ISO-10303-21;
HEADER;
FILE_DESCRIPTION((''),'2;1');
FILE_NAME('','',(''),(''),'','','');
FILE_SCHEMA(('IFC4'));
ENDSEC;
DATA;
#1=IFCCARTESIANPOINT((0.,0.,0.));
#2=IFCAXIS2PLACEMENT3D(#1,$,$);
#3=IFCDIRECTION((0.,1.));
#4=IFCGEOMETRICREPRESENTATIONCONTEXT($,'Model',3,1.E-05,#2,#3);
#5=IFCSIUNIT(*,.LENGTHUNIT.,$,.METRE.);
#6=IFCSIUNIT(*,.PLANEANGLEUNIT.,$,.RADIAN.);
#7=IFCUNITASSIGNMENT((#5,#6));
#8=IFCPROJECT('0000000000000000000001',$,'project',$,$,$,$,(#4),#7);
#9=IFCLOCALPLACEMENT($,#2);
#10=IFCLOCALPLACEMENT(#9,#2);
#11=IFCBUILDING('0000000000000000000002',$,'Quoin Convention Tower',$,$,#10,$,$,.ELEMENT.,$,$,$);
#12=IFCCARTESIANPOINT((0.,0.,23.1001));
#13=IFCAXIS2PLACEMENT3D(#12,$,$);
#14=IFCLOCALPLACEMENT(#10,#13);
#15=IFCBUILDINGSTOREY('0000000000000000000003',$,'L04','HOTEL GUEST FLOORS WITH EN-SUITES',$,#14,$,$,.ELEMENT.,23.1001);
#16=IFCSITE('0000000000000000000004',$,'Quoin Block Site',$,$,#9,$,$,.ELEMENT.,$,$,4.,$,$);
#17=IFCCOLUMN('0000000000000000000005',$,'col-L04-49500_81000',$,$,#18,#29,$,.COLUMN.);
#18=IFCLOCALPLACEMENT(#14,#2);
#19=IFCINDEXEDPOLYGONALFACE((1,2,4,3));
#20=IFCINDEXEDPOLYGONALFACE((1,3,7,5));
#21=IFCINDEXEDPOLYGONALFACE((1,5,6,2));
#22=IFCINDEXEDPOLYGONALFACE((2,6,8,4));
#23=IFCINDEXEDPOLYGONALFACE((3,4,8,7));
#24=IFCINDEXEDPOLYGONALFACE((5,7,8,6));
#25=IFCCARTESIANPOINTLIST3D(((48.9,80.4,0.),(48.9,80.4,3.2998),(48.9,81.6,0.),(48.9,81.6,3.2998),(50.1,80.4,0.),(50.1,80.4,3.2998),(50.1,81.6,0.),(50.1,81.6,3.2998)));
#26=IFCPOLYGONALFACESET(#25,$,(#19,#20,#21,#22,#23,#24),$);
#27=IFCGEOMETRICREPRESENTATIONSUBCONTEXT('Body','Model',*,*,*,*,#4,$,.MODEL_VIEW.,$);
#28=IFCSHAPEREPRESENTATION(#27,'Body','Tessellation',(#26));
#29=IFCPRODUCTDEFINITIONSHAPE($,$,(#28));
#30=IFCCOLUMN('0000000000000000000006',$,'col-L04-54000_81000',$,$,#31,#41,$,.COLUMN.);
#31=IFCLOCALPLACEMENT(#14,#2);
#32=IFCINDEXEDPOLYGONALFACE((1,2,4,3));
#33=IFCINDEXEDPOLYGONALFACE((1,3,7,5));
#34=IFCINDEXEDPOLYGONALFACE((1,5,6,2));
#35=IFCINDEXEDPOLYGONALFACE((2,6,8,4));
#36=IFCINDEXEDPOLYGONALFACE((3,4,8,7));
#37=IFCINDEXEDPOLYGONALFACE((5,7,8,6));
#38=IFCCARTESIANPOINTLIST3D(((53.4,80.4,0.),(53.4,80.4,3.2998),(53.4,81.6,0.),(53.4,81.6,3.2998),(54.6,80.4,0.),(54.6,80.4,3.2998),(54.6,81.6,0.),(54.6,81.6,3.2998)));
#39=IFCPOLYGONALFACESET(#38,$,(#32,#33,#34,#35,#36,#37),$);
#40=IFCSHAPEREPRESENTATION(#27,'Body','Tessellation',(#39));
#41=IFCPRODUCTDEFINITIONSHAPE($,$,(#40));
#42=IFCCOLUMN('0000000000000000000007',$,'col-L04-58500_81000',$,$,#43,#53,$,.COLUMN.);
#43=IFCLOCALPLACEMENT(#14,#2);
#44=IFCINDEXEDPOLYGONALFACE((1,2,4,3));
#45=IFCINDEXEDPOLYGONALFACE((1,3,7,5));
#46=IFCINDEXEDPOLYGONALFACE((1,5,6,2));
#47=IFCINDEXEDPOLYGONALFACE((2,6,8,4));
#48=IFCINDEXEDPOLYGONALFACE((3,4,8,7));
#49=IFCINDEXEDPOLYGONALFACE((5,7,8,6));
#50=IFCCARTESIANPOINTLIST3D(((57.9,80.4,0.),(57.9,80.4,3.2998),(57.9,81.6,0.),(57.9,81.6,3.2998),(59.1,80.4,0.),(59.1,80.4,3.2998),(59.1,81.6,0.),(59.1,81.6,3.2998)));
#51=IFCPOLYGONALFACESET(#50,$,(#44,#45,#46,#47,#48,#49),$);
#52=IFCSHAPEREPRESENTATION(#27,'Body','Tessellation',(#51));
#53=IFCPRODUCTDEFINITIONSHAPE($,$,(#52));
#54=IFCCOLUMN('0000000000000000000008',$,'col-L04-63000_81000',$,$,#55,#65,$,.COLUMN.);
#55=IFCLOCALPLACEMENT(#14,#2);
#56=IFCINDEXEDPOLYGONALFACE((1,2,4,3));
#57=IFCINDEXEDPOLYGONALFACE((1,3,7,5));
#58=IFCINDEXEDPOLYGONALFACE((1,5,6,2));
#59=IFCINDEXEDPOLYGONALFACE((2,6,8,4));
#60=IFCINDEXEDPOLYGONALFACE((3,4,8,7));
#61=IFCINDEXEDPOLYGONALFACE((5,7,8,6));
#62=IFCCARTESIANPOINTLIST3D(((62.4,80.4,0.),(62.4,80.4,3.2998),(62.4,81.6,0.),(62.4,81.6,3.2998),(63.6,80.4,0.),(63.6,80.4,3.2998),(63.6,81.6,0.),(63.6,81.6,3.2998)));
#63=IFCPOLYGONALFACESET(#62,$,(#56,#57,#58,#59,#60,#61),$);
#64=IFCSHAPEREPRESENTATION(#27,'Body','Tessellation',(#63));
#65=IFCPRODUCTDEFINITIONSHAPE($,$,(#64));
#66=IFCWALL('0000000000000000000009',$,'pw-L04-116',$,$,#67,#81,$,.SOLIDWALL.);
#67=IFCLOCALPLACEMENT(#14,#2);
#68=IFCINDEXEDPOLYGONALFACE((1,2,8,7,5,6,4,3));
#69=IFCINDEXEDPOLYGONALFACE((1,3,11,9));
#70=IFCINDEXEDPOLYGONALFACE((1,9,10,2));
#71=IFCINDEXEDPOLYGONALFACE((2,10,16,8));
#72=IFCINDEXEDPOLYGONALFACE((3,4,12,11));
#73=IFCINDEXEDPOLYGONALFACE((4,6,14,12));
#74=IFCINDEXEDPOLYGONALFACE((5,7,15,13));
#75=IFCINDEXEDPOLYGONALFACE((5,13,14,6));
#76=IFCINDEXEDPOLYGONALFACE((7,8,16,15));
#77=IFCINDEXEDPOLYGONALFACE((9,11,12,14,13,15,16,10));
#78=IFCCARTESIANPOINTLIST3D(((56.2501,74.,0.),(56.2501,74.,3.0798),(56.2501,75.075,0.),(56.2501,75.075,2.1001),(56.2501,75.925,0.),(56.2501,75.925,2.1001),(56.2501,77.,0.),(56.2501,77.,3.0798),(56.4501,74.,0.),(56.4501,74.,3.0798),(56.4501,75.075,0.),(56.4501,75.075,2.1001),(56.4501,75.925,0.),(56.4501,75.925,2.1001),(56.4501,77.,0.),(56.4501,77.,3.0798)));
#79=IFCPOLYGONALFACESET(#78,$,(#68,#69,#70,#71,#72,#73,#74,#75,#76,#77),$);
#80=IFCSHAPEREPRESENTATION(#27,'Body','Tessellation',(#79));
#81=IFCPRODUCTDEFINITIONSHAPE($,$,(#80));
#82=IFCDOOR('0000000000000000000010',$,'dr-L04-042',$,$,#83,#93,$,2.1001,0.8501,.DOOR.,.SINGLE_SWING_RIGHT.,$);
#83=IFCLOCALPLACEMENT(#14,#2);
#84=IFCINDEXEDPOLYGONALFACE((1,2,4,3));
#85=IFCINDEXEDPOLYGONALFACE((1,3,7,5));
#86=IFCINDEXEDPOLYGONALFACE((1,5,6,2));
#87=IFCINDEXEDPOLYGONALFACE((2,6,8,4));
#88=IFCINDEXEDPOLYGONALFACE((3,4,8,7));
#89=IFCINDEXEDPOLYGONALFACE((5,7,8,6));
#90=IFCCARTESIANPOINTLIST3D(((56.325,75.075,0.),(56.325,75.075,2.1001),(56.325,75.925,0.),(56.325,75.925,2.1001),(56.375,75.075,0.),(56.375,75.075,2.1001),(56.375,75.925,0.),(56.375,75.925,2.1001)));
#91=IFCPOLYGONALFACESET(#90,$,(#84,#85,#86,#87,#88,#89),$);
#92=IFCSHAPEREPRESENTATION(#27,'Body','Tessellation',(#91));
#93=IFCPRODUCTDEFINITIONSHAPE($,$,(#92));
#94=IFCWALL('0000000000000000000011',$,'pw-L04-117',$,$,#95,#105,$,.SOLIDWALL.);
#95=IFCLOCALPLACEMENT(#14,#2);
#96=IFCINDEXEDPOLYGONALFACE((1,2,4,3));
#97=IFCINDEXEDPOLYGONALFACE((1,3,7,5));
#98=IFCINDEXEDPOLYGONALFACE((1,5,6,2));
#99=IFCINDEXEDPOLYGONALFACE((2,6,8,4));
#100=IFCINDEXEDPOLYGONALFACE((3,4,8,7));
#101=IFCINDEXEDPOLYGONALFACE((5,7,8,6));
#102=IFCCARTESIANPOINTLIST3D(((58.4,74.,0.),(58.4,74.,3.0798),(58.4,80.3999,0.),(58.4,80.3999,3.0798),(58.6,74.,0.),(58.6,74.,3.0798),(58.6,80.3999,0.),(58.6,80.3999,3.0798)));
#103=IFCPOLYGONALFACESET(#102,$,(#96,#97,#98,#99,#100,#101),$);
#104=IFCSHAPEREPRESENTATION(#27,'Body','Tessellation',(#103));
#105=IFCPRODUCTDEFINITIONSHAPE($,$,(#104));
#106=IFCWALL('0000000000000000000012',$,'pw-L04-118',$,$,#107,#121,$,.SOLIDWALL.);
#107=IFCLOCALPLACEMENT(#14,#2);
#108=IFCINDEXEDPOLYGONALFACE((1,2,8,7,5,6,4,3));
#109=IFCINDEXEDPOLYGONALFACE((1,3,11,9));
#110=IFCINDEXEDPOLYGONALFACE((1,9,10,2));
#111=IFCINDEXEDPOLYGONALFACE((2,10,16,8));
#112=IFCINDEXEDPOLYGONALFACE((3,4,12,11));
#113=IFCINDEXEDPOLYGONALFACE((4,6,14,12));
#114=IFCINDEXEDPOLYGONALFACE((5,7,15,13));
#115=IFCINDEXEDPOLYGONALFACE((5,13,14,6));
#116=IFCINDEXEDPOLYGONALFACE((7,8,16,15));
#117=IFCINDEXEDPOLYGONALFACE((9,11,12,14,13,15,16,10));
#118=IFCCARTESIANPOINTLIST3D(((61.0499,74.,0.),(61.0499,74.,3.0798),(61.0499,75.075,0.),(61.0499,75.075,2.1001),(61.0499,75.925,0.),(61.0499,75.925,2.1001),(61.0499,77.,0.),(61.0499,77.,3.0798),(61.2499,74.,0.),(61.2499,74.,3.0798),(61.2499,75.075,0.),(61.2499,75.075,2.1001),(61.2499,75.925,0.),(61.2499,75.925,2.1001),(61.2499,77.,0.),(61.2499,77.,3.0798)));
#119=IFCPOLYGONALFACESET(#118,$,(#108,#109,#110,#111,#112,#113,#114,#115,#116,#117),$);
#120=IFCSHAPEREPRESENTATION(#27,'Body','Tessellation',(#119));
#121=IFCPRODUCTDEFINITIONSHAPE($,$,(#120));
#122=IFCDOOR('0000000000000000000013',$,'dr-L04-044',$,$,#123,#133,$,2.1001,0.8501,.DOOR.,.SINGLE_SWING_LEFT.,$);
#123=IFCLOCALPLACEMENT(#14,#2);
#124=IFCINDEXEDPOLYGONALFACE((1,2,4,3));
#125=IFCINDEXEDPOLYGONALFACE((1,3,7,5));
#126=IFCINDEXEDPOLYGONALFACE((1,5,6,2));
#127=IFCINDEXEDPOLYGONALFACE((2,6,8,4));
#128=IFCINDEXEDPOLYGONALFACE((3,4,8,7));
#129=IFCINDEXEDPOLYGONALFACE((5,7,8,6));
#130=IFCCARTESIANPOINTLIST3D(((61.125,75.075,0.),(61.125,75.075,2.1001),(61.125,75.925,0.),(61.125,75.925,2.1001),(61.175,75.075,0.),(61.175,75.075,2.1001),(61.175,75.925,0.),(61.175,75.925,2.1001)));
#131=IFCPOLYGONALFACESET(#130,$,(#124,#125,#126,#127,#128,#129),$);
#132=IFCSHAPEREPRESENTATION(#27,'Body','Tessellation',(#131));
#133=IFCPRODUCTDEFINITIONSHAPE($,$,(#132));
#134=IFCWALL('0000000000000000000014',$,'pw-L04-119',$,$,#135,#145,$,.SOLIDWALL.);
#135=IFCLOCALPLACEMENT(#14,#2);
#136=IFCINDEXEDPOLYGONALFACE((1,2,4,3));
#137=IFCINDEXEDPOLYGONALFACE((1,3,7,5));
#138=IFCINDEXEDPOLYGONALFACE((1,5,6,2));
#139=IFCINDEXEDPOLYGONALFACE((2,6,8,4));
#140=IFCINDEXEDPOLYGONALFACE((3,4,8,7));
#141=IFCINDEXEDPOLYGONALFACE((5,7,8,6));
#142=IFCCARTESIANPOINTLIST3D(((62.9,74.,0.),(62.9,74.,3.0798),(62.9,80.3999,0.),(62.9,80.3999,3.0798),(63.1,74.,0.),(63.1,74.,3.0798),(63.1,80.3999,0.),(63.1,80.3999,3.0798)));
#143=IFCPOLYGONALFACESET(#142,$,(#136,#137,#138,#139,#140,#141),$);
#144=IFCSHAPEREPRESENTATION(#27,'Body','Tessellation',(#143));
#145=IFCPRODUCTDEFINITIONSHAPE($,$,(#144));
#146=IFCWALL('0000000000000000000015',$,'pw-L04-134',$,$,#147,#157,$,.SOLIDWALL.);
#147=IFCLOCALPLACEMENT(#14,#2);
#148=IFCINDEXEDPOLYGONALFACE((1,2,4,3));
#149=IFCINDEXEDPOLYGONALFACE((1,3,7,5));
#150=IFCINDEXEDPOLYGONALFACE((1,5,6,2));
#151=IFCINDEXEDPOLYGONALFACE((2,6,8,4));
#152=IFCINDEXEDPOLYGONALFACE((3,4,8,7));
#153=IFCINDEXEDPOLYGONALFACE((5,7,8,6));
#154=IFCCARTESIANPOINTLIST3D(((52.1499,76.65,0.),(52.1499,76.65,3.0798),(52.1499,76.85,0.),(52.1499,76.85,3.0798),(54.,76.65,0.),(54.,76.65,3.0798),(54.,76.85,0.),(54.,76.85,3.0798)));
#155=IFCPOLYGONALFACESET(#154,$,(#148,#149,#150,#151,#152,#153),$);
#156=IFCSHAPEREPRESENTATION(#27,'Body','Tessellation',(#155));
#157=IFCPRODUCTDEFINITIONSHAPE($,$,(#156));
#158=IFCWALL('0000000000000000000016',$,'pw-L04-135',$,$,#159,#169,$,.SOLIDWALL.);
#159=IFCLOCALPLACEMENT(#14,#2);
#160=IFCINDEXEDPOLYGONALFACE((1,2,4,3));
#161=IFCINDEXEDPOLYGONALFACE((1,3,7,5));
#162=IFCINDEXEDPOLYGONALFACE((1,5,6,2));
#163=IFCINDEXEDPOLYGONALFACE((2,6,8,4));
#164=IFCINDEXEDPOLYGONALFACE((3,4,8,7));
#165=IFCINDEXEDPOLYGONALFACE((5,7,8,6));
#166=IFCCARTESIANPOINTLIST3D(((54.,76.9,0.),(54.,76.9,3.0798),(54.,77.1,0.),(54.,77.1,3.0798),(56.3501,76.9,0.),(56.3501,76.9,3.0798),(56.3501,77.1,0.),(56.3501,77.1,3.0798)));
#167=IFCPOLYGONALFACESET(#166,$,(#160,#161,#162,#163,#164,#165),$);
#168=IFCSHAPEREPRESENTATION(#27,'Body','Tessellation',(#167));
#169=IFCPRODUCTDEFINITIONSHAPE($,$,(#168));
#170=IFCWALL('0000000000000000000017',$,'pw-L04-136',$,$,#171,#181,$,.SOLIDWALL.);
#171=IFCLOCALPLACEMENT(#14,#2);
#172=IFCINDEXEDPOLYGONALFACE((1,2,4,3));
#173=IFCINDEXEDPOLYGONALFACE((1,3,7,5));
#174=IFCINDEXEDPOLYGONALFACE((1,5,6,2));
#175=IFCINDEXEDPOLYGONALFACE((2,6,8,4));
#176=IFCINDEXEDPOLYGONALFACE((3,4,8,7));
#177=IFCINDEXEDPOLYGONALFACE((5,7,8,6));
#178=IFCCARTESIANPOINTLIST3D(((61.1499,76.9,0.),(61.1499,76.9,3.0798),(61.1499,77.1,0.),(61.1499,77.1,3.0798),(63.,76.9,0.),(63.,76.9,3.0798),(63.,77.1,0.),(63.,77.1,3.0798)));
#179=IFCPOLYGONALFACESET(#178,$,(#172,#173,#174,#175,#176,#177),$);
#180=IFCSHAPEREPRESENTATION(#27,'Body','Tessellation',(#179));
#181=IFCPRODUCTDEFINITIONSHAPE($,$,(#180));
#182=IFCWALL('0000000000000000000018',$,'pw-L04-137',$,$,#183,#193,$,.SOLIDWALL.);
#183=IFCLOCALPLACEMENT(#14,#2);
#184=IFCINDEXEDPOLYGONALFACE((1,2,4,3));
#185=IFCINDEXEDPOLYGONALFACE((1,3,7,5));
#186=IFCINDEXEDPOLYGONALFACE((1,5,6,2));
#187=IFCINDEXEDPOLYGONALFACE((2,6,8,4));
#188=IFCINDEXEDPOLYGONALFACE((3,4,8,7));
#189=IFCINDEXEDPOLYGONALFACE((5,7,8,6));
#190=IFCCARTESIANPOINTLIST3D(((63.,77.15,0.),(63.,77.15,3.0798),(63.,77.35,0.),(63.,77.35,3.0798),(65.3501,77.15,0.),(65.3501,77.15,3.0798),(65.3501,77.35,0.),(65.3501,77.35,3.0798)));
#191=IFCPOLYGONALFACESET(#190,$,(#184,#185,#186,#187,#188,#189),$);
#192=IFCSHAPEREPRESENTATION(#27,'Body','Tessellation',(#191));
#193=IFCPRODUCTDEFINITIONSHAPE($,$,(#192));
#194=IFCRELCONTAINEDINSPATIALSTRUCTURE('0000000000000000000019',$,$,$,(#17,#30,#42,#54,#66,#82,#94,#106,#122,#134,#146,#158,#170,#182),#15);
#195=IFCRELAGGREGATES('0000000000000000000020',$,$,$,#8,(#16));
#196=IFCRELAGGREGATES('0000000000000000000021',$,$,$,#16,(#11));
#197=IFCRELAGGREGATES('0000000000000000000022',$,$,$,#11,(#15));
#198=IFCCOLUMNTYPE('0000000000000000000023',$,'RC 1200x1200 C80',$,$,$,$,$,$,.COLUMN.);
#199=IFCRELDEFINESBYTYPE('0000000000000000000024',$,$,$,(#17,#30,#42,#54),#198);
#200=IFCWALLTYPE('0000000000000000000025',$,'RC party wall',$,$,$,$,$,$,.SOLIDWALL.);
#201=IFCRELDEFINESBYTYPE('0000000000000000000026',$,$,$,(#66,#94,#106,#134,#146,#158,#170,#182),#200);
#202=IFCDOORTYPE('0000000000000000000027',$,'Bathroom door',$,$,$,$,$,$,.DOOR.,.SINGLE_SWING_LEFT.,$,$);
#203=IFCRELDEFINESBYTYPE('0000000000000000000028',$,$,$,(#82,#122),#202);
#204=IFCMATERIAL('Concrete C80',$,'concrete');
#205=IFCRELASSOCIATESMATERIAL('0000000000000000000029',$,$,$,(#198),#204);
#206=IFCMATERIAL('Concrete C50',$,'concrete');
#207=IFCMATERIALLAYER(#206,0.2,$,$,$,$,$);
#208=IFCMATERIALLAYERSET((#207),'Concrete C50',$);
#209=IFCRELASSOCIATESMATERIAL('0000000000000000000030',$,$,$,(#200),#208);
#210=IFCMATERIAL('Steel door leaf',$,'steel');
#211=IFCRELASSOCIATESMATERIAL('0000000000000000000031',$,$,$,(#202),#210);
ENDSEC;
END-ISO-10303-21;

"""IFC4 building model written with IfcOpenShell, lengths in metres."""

from ifc_helpers import new_model, si_unit, direction, frame, frame_2d, origin, origin_2d, place, context, subcontext, project, spatial, rectangle, extrude, material, layer, layer_set, material_profile, profile_set, type_object, element, fill, save


model = new_model("IFC4")

# Units and contexts
model_context = context("Model", 3, precision=1e-05, world=origin(), true_north=direction((0.0, 1.0)))
body_context = subcontext(model_context, "Body", "Model", "MODEL_VIEW")
ifc_project = project(units=[si_unit("LENGTHUNIT", "METRE"), si_unit("PLANEANGLEUNIT", "RADIAN")], contexts=[model_context])

# Site, building, storey
site_placement = place(None, origin())
site = spatial("IfcSite", under=ifc_project, at=site_placement, Name="Quoin Block Site", CompositionType="ELEMENT", RefElevation=4.0)
building_placement = place(site_placement, origin())
building = spatial("IfcBuilding", under=site, at=building_placement, Name="Quoin Convention Tower", CompositionType="ELEMENT")
storey_placement = place(building_placement, frame((0.0, 0.0, 23.1001)))
storey = spatial("IfcBuildingStorey", under=building, at=storey_placement, Name="L04", Description="HOTEL GUEST FLOORS WITH EN-SUITES", CompositionType="ELEMENT", Elevation=23.1001)

# Columns
ifc_material_1 = material(Name="Concrete C80", Category="concrete")
ifc_material_profile = material_profile(ifc_material_1, rectangle(XDim=1.2, YDim=1.2, at=origin_2d()), Name="RC 1200x1200")
ifc_profile_set = profile_set([ifc_material_profile], Name="Concrete C80")
column_type = type_object("IfcColumnType", Name="RC 1200x1200 C80", PredefinedType="COLUMN", material=ifc_profile_set)
for number, where, z_axis, x_axis, name in (
    (1, (49.5, 81.0, 0.0), (0.0, 0.0, 1.0), (1.0, 0.0, 0.0), "col-L04-49500_81000"),
    (2, (54.0, 81.0, 0.0), (0.0, 0.0, 1.0), (1.0, 0.0, 0.0), "col-L04-54000_81000"),
    (3, (58.5, 81.0, 0.0), (0.0, 0.0, 1.0), (1.0, 0.0, 0.0), "col-L04-58500_81000"),
    (4, (63.0, 81.0, 0.0), (0.0, 0.0, 1.0), (1.0, 0.0, 0.0), "col-L04-63000_81000"),
):
    element("IfcColumn", number, at=place(storey_placement, frame(where, z_axis=z_axis, x_axis=x_axis)), inside=storey, type_object=column_type, Name=name, PredefinedType="COLUMN", context=body_context, shape_type="SweptSolid", body=[
        extrude(rectangle(XDim=1.2, YDim=1.2, at=origin_2d()), origin(), (0.0, 0.0, 1.0), 3.2998),
    ])

# Wall, opening, door
ifc_material_2 = material(Name="Concrete C50", Category="concrete")
ifc_layer = layer(ifc_material_2, 0.2)
ifc_layer_set = layer_set([ifc_layer], Name="Concrete C50")
wall_type = type_object("IfcWallType", Name="RC party wall", PredefinedType="SOLIDWALL", material=ifc_layer_set)
wall_1_placement = place(storey_placement, frame((56.3501, 74.0, 0.0), z_axis=(0.0, 0.0, 1.0), x_axis=(0.0, 1.0, 0.0)))
wall_1 = element("IfcWall", 5, at=wall_1_placement, inside=storey, type_object=wall_type, Name="pw-L04-116", PredefinedType="SOLIDWALL", context=body_context, shape_type="SweptSolid", body=[
    extrude(rectangle(XDim=3.0, YDim=0.2, at=frame_2d((1.5, 0.0))), origin(), (0.0, 0.0, 1.0), 3.0798),
])
opening_1_placement = place(wall_1_placement, frame((1.075, 0.0, 0.0)))
opening_1 = element("IfcOpeningElement", 6, at=opening_1_placement, cuts=wall_1, PredefinedType="OPENING", context=body_context, shape_type="SweptSolid", body=[
    extrude(rectangle(XDim=0.8501, YDim=2.1001, at=frame_2d((0.425, 1.05))), frame((0.0, 0.1099, 0.0), z_axis=(0.0, -1.0, 0.0), x_axis=(1.0, 0.0, 0.0)), (0.0, 0.0, 1.0), 0.22),
])
ifc_material_3 = material(Name="Steel door leaf", Category="steel")
door_type = type_object("IfcDoorType", Name="Bathroom door", OperationType="SINGLE_SWING_LEFT", PredefinedType="DOOR", material=ifc_material_3)
door_1_placement = place(opening_1_placement, frame((0.8501, 0.0, 0.0), z_axis=(0.0, 0.0, 1.0), x_axis=(-1.0, 0.0, 0.0)))
door_1 = element("IfcDoor", 7, at=door_1_placement, inside=storey, type_object=door_type, Name="dr-L04-042", OperationType="SINGLE_SWING_RIGHT", OverallHeight=2.1001, OverallWidth=0.8501, PredefinedType="DOOR", context=body_context, shape_type="SweptSolid", body=[
    extrude(rectangle(XDim=0.8501, YDim=2.1001, at=frame_2d((0.425, 1.05))), frame((0.0, 0.0249, 0.0), z_axis=(0.0, -1.0, 0.0), x_axis=(1.0, 0.0, 0.0)), (0.0, 0.0, 1.0), 0.05),
])
fill(opening_1, door_1)

# Wall
wall_2_placement = place(storey_placement, frame((58.5, 74.0, 0.0), z_axis=(0.0, 0.0, 1.0), x_axis=(0.0, 1.0, 0.0)))
element("IfcWall", 8, at=wall_2_placement, inside=storey, type_object=wall_type, Name="pw-L04-117", PredefinedType="SOLIDWALL", context=body_context, shape_type="SweptSolid", body=[
    extrude(rectangle(XDim=6.3999, YDim=0.2, at=frame_2d((3.2, 0.0))), origin(), (0.0, 0.0, 1.0), 3.0798),
])

# Wall, opening, door
wall_3_placement = place(storey_placement, frame((61.1499, 74.0, 0.0), z_axis=(0.0, 0.0, 1.0), x_axis=(0.0, 1.0, 0.0)))
wall_3 = element("IfcWall", 9, at=wall_3_placement, inside=storey, type_object=wall_type, Name="pw-L04-118", PredefinedType="SOLIDWALL", context=body_context, shape_type="SweptSolid", body=[
    extrude(rectangle(XDim=3.0, YDim=0.2, at=frame_2d((1.5, 0.0))), origin(), (0.0, 0.0, 1.0), 3.0798),
])
opening_2_placement = place(wall_3_placement, frame((1.075, 0.0, 0.0)))
opening_2 = element("IfcOpeningElement", 10, at=opening_2_placement, cuts=wall_3, PredefinedType="OPENING", context=body_context, shape_type="SweptSolid", body=[
    extrude(rectangle(XDim=0.8501, YDim=2.1001, at=frame_2d((0.425, 1.05))), frame((0.0, 0.1099, 0.0), z_axis=(0.0, -1.0, 0.0), x_axis=(1.0, 0.0, 0.0)), (0.0, 0.0, 1.0), 0.22),
])
door_2_placement = place(opening_2_placement, origin())
door_2 = element("IfcDoor", 11, at=door_2_placement, inside=storey, type_object=door_type, Name="dr-L04-044", OperationType="SINGLE_SWING_LEFT", OverallHeight=2.1001, OverallWidth=0.8501, PredefinedType="DOOR", context=body_context, shape_type="SweptSolid", body=[
    extrude(rectangle(XDim=0.8501, YDim=2.1001, at=frame_2d((0.425, 1.05))), frame((0.0, 0.0249, 0.0), z_axis=(0.0, -1.0, 0.0), x_axis=(1.0, 0.0, 0.0)), (0.0, 0.0, 1.0), 0.05),
])
fill(opening_2, door_2)

# Walls
wall_4_placement = place(storey_placement, frame((63.0, 74.0, 0.0), z_axis=(0.0, 0.0, 1.0), x_axis=(0.0, 1.0, 0.0)))
element("IfcWall", 12, at=wall_4_placement, inside=storey, type_object=wall_type, Name="pw-L04-119", PredefinedType="SOLIDWALL", context=body_context, shape_type="SweptSolid", body=[
    extrude(rectangle(XDim=6.3999, YDim=0.2, at=frame_2d((3.2, 0.0))), origin(), (0.0, 0.0, 1.0), 3.0798),
])
wall_5_placement = place(storey_placement, frame((52.1499, 76.75, 0.0), z_axis=(0.0, 0.0, 1.0), x_axis=(1.0, 0.0, 0.0)))
element("IfcWall", 13, at=wall_5_placement, inside=storey, type_object=wall_type, Name="pw-L04-134", PredefinedType="SOLIDWALL", context=body_context, shape_type="SweptSolid", body=[
    extrude(rectangle(XDim=1.8501, YDim=0.2, at=frame_2d((0.925, 0.0))), origin(), (0.0, 0.0, 1.0), 3.0798),
])
wall_6_placement = place(storey_placement, frame((54.0, 77.0, 0.0), z_axis=(0.0, 0.0, 1.0), x_axis=(1.0, 0.0, 0.0)))
element("IfcWall", 14, at=wall_6_placement, inside=storey, type_object=wall_type, Name="pw-L04-135", PredefinedType="SOLIDWALL", context=body_context, shape_type="SweptSolid", body=[
    extrude(rectangle(XDim=2.3501, YDim=0.2, at=frame_2d((1.175, 0.0))), origin(), (0.0, 0.0, 1.0), 3.0798),
])
wall_7_placement = place(storey_placement, frame((61.1499, 77.0, 0.0), z_axis=(0.0, 0.0, 1.0), x_axis=(1.0, 0.0, 0.0)))
element("IfcWall", 15, at=wall_7_placement, inside=storey, type_object=wall_type, Name="pw-L04-136", PredefinedType="SOLIDWALL", context=body_context, shape_type="SweptSolid", body=[
    extrude(rectangle(XDim=1.8501, YDim=0.2, at=frame_2d((0.925, 0.0))), origin(), (0.0, 0.0, 1.0), 3.0798),
])
wall_8_placement = place(storey_placement, frame((63.0, 77.25, 0.0), z_axis=(0.0, 0.0, 1.0), x_axis=(1.0, 0.0, 0.0)))
element("IfcWall", 16, at=wall_8_placement, inside=storey, type_object=wall_type, Name="pw-L04-137", PredefinedType="SOLIDWALL", context=body_context, shape_type="SweptSolid", body=[
    extrude(rectangle(XDim=2.3501, YDim=0.2, at=frame_2d((1.175, 0.0))), origin(), (0.0, 0.0, 1.0), 3.0798),
])

save(model, "model.ifc")
